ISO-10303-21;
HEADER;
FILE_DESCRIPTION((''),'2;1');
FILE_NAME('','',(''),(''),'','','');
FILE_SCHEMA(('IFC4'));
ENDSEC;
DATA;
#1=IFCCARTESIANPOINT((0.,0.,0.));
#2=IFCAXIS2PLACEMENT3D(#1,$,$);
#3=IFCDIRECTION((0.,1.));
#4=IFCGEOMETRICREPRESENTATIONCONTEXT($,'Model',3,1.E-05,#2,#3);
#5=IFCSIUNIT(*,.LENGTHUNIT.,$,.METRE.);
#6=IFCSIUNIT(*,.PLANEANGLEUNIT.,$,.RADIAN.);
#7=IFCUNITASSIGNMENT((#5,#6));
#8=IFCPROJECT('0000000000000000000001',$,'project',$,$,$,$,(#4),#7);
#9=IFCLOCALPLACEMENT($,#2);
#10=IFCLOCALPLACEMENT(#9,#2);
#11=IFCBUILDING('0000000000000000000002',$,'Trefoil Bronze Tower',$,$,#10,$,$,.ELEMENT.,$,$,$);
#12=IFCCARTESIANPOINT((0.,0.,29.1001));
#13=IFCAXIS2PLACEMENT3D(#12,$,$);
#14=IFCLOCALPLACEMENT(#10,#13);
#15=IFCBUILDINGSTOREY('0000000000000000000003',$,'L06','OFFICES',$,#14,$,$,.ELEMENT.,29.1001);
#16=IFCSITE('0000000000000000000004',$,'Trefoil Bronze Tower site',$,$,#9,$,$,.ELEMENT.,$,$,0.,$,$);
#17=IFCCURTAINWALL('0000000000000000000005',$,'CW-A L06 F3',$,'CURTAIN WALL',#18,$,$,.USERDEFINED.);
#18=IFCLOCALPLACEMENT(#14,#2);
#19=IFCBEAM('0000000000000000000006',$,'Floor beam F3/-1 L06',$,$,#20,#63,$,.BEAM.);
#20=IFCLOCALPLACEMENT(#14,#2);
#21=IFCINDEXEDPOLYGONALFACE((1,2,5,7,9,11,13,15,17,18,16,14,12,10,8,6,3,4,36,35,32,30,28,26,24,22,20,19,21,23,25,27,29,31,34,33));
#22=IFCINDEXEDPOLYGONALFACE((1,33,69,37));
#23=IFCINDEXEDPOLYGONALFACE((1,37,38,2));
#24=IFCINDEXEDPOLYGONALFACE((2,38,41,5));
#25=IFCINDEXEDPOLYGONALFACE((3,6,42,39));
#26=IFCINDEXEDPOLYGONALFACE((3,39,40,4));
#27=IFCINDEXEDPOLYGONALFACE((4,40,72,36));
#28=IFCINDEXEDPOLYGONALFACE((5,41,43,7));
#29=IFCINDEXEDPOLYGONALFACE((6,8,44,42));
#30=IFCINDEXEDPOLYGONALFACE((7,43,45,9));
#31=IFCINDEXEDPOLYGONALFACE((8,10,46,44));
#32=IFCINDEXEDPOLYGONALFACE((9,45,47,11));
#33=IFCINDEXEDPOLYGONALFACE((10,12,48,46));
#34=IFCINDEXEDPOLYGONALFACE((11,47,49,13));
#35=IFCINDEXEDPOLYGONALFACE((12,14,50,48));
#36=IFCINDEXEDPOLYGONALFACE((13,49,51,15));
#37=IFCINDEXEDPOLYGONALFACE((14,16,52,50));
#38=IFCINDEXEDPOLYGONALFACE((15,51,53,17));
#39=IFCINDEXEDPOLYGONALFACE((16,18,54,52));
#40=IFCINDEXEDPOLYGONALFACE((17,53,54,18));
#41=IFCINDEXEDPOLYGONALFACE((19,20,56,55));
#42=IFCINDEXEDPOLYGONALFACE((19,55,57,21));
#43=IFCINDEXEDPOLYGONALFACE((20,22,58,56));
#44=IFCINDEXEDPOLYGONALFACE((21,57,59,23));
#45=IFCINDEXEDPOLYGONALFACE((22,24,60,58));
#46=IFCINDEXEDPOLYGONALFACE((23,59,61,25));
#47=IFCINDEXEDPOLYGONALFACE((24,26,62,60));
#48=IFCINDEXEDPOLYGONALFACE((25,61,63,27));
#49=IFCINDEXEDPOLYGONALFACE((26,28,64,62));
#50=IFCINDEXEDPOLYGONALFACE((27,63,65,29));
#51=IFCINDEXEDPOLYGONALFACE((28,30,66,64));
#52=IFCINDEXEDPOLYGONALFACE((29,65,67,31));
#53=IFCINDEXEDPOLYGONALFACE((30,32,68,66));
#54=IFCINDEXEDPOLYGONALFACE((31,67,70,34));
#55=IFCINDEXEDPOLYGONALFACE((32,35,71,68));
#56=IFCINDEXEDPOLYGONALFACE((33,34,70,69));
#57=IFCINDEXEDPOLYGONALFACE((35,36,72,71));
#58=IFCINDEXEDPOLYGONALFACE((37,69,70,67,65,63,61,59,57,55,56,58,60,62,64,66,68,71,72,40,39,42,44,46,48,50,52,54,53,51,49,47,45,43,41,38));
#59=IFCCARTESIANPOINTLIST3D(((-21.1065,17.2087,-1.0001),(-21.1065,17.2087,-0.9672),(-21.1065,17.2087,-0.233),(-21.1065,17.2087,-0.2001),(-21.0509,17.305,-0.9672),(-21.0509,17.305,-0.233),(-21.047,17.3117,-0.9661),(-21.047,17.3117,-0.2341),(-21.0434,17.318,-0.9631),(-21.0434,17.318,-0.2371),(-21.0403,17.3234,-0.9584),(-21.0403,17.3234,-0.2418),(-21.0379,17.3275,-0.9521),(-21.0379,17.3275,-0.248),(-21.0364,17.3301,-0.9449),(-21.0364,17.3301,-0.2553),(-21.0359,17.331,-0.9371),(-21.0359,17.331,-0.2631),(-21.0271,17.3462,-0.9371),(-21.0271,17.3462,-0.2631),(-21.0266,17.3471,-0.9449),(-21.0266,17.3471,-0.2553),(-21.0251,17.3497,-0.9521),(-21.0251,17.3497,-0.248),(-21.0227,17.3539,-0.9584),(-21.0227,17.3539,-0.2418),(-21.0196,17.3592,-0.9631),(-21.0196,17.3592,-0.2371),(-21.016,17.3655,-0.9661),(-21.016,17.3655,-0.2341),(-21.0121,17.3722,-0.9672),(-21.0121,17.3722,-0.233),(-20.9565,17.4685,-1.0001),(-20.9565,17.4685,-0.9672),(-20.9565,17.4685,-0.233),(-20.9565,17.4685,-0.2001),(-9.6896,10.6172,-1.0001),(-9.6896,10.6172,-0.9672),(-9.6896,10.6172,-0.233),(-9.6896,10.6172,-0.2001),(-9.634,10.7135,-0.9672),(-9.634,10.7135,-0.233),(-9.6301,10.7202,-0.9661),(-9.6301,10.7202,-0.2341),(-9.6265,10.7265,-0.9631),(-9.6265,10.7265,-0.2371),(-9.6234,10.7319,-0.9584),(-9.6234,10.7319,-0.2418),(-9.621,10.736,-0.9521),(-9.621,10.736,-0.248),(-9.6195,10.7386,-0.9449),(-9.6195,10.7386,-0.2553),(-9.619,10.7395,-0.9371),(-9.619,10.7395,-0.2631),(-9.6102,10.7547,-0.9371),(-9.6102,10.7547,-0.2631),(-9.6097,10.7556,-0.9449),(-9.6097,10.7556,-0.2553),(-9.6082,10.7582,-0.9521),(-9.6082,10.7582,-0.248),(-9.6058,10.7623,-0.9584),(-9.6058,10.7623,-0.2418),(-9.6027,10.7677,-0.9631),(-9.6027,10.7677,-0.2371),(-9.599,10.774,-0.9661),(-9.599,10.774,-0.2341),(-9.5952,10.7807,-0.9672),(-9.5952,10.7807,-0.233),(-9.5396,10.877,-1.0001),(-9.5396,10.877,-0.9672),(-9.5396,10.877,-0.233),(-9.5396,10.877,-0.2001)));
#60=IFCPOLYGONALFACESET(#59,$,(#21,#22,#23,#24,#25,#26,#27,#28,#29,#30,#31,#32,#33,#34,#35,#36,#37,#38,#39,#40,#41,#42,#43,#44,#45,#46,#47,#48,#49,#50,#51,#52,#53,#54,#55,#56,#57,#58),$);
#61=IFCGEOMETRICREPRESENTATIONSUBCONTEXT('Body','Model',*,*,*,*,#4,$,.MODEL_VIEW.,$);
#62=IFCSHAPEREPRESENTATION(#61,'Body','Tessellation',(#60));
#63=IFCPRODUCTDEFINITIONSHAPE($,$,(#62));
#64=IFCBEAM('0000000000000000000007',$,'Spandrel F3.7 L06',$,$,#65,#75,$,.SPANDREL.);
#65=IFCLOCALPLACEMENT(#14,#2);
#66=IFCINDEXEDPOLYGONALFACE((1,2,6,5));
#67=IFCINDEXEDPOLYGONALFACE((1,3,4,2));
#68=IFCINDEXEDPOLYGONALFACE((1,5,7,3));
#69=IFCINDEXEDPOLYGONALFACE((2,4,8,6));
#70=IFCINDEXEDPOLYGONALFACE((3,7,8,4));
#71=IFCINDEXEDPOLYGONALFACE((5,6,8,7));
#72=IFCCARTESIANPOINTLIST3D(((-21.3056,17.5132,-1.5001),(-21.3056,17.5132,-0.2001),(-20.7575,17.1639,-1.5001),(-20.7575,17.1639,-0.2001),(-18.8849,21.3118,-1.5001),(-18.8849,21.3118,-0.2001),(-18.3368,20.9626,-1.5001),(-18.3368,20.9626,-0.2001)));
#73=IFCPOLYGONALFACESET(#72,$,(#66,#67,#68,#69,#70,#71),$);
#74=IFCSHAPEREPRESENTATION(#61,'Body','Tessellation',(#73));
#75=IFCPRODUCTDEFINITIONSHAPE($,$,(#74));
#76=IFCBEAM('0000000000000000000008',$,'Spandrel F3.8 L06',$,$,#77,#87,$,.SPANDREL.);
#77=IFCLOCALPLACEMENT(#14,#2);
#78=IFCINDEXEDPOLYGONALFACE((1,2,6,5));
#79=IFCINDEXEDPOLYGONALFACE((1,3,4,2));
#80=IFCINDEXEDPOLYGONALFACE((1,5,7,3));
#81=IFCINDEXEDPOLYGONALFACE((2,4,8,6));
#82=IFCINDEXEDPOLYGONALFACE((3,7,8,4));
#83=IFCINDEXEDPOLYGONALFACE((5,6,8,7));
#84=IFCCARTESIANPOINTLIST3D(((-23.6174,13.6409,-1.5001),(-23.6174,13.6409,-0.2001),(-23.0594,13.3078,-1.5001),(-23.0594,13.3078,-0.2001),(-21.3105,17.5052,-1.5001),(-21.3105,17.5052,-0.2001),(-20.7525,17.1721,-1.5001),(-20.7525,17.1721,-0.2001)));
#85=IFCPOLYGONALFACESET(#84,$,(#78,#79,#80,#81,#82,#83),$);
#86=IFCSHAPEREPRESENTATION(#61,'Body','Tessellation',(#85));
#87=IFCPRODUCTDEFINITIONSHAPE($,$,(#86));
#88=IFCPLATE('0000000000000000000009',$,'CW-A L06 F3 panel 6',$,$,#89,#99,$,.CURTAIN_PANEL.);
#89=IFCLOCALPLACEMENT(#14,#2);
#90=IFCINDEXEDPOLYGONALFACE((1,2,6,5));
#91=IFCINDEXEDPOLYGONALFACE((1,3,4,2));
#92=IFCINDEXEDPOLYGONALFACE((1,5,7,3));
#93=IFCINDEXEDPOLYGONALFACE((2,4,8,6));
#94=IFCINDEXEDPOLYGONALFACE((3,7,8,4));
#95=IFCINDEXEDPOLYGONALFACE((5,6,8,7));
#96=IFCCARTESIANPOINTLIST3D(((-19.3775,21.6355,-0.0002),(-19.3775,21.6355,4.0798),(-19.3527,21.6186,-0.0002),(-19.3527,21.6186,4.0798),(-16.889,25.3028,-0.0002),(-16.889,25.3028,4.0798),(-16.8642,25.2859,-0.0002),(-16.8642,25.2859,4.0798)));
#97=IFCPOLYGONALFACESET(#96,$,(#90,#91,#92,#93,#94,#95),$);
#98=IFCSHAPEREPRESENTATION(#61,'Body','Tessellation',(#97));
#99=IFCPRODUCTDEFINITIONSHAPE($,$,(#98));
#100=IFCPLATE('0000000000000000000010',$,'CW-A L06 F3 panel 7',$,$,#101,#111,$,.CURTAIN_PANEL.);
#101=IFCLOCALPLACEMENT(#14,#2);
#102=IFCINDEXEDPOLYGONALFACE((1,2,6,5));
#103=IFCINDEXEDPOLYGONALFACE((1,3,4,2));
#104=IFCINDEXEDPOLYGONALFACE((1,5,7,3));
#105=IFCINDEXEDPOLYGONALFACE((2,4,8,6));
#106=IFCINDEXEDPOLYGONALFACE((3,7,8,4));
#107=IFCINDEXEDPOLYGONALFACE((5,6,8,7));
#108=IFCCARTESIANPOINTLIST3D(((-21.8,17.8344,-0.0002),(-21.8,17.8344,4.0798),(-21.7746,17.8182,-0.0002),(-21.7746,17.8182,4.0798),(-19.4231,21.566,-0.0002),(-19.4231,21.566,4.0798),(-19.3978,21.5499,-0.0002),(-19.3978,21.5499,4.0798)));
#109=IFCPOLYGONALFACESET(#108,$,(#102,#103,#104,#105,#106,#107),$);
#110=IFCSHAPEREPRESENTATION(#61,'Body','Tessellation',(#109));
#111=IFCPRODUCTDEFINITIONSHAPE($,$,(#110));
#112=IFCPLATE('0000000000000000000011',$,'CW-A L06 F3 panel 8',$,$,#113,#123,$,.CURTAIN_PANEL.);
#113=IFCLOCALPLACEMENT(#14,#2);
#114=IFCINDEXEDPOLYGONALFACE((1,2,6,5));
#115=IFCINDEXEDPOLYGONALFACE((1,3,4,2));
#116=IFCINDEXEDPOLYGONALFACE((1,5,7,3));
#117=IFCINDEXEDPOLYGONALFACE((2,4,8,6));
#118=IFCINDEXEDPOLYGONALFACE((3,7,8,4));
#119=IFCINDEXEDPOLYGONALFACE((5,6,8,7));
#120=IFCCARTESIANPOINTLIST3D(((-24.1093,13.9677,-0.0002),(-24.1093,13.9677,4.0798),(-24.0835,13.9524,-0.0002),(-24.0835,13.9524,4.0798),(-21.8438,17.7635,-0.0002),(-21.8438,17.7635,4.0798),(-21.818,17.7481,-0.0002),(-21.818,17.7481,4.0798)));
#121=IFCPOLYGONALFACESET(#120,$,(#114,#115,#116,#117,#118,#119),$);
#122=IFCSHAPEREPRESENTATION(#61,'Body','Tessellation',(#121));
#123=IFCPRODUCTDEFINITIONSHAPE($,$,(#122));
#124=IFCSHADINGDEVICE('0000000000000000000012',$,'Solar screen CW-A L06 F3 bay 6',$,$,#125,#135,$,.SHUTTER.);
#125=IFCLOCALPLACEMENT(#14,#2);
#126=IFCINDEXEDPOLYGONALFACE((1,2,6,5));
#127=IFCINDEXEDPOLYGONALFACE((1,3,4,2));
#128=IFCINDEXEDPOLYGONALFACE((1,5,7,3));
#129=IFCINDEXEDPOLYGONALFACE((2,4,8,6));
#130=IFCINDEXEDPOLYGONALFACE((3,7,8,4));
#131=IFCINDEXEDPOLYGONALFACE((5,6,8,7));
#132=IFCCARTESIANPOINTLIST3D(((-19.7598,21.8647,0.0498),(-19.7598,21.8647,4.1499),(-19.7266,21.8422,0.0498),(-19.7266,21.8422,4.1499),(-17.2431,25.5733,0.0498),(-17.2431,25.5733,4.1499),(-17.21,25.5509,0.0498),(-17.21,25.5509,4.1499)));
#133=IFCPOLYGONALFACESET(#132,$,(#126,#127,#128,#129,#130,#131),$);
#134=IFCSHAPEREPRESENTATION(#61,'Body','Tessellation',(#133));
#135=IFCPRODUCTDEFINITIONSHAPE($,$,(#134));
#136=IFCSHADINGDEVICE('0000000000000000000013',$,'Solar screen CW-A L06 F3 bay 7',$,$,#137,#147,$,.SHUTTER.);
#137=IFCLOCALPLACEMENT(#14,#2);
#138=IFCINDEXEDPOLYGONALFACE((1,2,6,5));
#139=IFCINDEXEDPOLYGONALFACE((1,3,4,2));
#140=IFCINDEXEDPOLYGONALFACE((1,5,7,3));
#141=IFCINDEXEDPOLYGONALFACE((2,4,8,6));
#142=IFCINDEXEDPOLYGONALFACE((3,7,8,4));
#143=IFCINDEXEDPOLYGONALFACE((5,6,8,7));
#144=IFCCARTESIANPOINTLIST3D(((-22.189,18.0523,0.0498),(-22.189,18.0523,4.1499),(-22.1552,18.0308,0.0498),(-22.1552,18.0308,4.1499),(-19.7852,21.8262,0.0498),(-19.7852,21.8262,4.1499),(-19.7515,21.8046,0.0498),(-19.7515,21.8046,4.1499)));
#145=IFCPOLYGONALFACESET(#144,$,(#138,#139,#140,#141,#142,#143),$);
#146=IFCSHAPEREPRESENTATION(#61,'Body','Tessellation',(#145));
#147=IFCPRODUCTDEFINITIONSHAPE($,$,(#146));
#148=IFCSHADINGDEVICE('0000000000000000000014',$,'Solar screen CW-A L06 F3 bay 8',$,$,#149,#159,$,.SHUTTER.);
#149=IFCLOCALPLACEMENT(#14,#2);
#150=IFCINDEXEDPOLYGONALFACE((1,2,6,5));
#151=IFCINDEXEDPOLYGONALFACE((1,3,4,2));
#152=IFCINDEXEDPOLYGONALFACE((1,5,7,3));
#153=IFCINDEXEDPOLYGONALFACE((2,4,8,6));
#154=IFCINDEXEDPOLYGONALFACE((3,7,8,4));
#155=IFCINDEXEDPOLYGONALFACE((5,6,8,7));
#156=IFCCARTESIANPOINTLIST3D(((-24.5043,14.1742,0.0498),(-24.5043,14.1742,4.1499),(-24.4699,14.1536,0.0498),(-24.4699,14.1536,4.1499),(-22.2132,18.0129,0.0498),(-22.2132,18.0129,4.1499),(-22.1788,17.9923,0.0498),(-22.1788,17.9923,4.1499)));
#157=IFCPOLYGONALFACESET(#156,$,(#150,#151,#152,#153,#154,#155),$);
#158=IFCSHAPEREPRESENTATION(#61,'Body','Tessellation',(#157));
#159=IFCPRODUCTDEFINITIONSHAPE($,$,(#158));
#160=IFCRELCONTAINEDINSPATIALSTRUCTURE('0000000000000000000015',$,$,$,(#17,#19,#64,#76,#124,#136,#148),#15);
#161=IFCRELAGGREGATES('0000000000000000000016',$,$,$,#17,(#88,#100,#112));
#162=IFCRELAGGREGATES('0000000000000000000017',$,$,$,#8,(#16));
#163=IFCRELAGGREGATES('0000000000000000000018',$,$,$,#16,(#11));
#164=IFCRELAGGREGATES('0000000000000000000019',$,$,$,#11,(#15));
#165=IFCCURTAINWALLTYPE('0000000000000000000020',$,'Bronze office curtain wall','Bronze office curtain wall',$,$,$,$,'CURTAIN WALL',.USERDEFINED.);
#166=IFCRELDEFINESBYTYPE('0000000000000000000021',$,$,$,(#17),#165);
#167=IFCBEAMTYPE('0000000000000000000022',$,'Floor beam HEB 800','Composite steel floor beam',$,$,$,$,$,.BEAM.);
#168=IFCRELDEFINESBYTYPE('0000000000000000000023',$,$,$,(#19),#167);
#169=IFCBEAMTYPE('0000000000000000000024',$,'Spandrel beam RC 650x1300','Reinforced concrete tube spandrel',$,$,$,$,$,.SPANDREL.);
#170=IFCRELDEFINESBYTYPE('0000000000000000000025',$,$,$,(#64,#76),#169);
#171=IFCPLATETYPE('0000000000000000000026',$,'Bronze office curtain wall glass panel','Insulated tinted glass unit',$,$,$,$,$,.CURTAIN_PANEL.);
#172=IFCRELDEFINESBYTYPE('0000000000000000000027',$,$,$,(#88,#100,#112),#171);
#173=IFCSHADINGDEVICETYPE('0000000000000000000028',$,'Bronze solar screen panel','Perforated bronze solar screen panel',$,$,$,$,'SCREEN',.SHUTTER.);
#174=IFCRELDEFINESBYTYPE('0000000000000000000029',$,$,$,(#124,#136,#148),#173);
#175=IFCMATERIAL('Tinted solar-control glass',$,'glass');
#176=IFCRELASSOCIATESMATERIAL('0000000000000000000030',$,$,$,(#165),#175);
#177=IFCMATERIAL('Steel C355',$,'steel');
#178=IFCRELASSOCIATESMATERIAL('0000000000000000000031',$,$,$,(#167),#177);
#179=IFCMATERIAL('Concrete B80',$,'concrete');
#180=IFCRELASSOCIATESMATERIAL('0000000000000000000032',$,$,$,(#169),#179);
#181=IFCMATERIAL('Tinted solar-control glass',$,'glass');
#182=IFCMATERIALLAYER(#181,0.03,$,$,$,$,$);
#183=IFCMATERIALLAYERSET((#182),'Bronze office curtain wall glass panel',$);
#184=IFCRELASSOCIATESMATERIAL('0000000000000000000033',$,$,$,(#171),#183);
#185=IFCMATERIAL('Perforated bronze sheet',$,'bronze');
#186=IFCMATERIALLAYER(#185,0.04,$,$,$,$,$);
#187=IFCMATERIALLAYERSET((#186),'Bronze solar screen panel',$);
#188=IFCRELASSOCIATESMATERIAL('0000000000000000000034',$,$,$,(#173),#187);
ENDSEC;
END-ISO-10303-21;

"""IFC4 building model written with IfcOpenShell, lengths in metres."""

from ifc_helpers import new_model, si_unit, direction, frame, origin, origin_2d, place, context, subcontext, project, spatial, rectangle, i_section, extrude, material, layer, layer_set, material_profile, profile_set, type_object, element, aggregate, save


model = new_model("IFC4")

# Units and contexts
model_context = context("Model", 3, precision=1e-05, world=origin(), true_north=direction((0.0, 1.0)))
body_context = subcontext(model_context, "Body", "Model", "MODEL_VIEW")
ifc_project = project(units=[si_unit("LENGTHUNIT", "METRE"), si_unit("PLANEANGLEUNIT", "RADIAN")], contexts=[model_context])

# Site, building, storey
site_placement = place(None, origin())
site = spatial("IfcSite", under=ifc_project, at=site_placement, Name="Trefoil Bronze Tower site", CompositionType="ELEMENT", RefElevation=0.0)
building_placement = place(site_placement, origin())
building = spatial("IfcBuilding", under=site, at=building_placement, Name="Trefoil Bronze Tower", CompositionType="ELEMENT")
storey_placement = place(building_placement, frame((0.0, 0.0, 29.1001)))
storey = spatial("IfcBuildingStorey", under=building, at=storey_placement, Name="L06", Description="OFFICES", CompositionType="ELEMENT", Elevation=29.1001)

# Curtain wall
ifc_material_1 = material(Name="Tinted solar-control glass", Category="glass")
curtain_wall_type = type_object("IfcCurtainWallType", Name="Bronze office curtain wall", Description="Bronze office curtain wall", ElementType="CURTAIN WALL", PredefinedType="USERDEFINED", material=ifc_material_1)
curtain_wall_placement = place(storey_placement, origin())
curtain_wall = element("IfcCurtainWall", 1, at=curtain_wall_placement, inside=storey, type_object=curtain_wall_type, Name="CW-A L06 F3", ObjectType="CURTAIN WALL", PredefinedType="USERDEFINED")

# Beams
ifc_material_2 = material(Name="Steel C355", Category="steel")
ifc_material_profile_1 = material_profile(ifc_material_2, i_section(OverallWidth=0.3, OverallDepth=0.8, WebThickness=0.0176, FlangeThickness=0.033, FilletRadius=0.03, at=origin_2d()), Name="HEB 800")
ifc_profile_set_1 = profile_set([ifc_material_profile_1], Name="Steel C355")
beam_type_1 = type_object("IfcBeamType", Name="Floor beam HEB 800", Description="Composite steel floor beam", PredefinedType="BEAM", material=ifc_profile_set_1)
beam_1_placement = place(storey_placement, frame((-21.0315, 17.3386, -0.6001), z_axis=(0.866027, -0.499997, 0.0), x_axis=(0.499997, 0.866027, 0.0)))
element("IfcBeam", 2, at=beam_1_placement, inside=storey, type_object=beam_type_1, Name="Floor beam F3/-1 L06", PredefinedType="BEAM", context=body_context, shape_type="SweptSolid", body=[
    extrude(i_section(OverallWidth=0.3, OverallDepth=0.8, WebThickness=0.0176, FlangeThickness=0.033, FilletRadius=0.03, at=origin_2d()), origin(), (0.0, 0.0, 1.0), 13.1831),
])
ifc_material_3 = material(Name="Concrete B80", Category="concrete")
ifc_material_profile_2 = material_profile(ifc_material_3, rectangle(XDim=0.6499, YDim=1.3, at=origin_2d()), Name="RC 650x1300")
ifc_profile_set_2 = profile_set([ifc_material_profile_2], Name="Concrete B80")
beam_type_2 = type_object("IfcBeamType", Name="Spandrel beam RC 650x1300", Description="Reinforced concrete tube spandrel", PredefinedType="SPANDREL", material=ifc_profile_set_2)
beam_2_placement = place(storey_placement, frame((-18.6108, 21.1372, -0.8501), z_axis=(-0.537408, -0.843322, 0.0), x_axis=(0.843322, -0.537408, 0.0)))
element("IfcBeam", 3, at=beam_2_placement, inside=storey, type_object=beam_type_2, Name="Spandrel F3.7 L06", PredefinedType="SPANDREL", context=body_context, shape_type="SweptSolid", body=[
    extrude(rectangle(XDim=0.6499, YDim=1.3, at=origin_2d()), origin(), (0.0, 0.0, 1.0), 4.5044),
])
beam_3_placement = place(storey_placement, frame((-21.0315, 17.3386, -0.8501), z_axis=(-0.512588, -0.858635, 0.0), x_axis=(0.858635, -0.512588, 0.0)))
element("IfcBeam", 4, at=beam_3_placement, inside=storey, type_object=beam_type_2, Name="Spandrel F3.8 L06", PredefinedType="SPANDREL", context=body_context, shape_type="SweptSolid", body=[
    extrude(rectangle(XDim=0.6499, YDim=1.3, at=origin_2d()), origin(), (0.0, 0.0, 1.0), 4.5005),
])

# Plates
ifc_material_4 = material(Name="Tinted solar-control glass", Category="glass")
ifc_layer_1 = layer(ifc_material_4, 0.03)
ifc_layer_set_1 = layer_set([ifc_layer_1], Name="Bronze office curtain wall glass panel")
plate_type = type_object("IfcPlateType", Name="Bronze office curtain wall glass panel", Description="Insulated tinted glass unit", PredefinedType="CURTAIN_PANEL", material=ifc_layer_set_1)
plate_1_placement = place(storey_placement, frame((-18.1208, 23.4607, -0.0002), z_axis=(0.0, 0.0, 1.0), x_axis=(-0.56151, -0.82747, 0.0)))
plate_1 = element("IfcPlate", 5, at=plate_1_placement, type_object=plate_type, Name="CW-A L06 F3 panel 6", PredefinedType="CURTAIN_PANEL", context=body_context, shape_type="SweptSolid", body=[
    extrude(rectangle(XDim=4.4319, YDim=0.03, at=origin_2d()), origin(), (0.0, 0.0, 1.0), 4.0801),
])
plate_2_placement = place(storey_placement, frame((-20.5989, 19.6921, -0.0002), z_axis=(0.0, 0.0, 1.0), x_axis=(-0.537222, -0.843441, 0.0)))
plate_2 = element("IfcPlate", 6, at=plate_2_placement, type_object=plate_type, Name="CW-A L06 F3 panel 7", PredefinedType="CURTAIN_PANEL", context=body_context, shape_type="SweptSolid", body=[
    extrude(rectangle(XDim=4.4243, YDim=0.03, at=origin_2d()), origin(), (0.0, 0.0, 1.0), 4.0801),
])
plate_3_placement = place(storey_placement, frame((-22.9636, 15.8579, -0.0002), z_axis=(0.0, 0.0, 1.0), x_axis=(-0.512513, -0.85868, 0.0)))
plate_3 = element("IfcPlate", 7, at=plate_3_placement, type_object=plate_type, Name="CW-A L06 F3 panel 8", PredefinedType="CURTAIN_PANEL", context=body_context, shape_type="SweptSolid", body=[
    extrude(rectangle(XDim=4.4204, YDim=0.03, at=origin_2d()), origin(), (0.0, 0.0, 1.0), 4.0801),
])
aggregate(curtain_wall, [plate_1, plate_2, plate_3])

# Shading devices
ifc_material_5 = material(Name="Perforated bronze sheet", Category="bronze")
ifc_layer_2 = layer(ifc_material_5, 0.04)
ifc_layer_set_2 = layer_set([ifc_layer_2], Name="Bronze solar screen panel")
shading_device_type = type_object("IfcShadingDeviceType", Name="Bronze solar screen panel", Description="Perforated bronze solar screen panel", ElementType="SCREEN", PredefinedType="SHUTTER", material=ifc_layer_set_2)
shading_device_1_placement = place(storey_placement, frame((-18.4849, 23.7078, 0.0498), z_axis=(0.0, 0.0, 1.0), x_axis=(-0.56151, -0.82747, 0.0)))
element("IfcShadingDevice", 8, at=shading_device_1_placement, inside=storey, type_object=shading_device_type, Name="Solar screen CW-A L06 F3 bay 6", PredefinedType="SHUTTER", context=body_context, shape_type="SweptSolid", body=[
    extrude(rectangle(XDim=4.4819, YDim=0.04, at=origin_2d()), origin(), (0.0, 0.0, 1.0), 4.1001),
])
shading_device_2_placement = place(storey_placement, frame((-20.9702, 19.9285, 0.0498), z_axis=(0.0, 0.0, 1.0), x_axis=(-0.537222, -0.843441, 0.0)))
element("IfcShadingDevice", 9, at=shading_device_2_placement, inside=storey, type_object=shading_device_type, Name="Solar screen CW-A L06 F3 bay 7", PredefinedType="SHUTTER", context=body_context, shape_type="SweptSolid", body=[
    extrude(rectangle(XDim=4.4744, YDim=0.04, at=origin_2d()), origin(), (0.0, 0.0, 1.0), 4.1001),
])
shading_device_3_placement = place(storey_placement, frame((-23.3416, 16.0833, 0.0498), z_axis=(0.0, 0.0, 1.0), x_axis=(-0.512513, -0.85868, 0.0)))
element("IfcShadingDevice", 10, at=shading_device_3_placement, inside=storey, type_object=shading_device_type, Name="Solar screen CW-A L06 F3 bay 8", PredefinedType="SHUTTER", context=body_context, shape_type="SweptSolid", body=[
    extrude(rectangle(XDim=4.4705, YDim=0.04, at=origin_2d()), origin(), (0.0, 0.0, 1.0), 4.1001),
])

save(model, "model.ifc")
